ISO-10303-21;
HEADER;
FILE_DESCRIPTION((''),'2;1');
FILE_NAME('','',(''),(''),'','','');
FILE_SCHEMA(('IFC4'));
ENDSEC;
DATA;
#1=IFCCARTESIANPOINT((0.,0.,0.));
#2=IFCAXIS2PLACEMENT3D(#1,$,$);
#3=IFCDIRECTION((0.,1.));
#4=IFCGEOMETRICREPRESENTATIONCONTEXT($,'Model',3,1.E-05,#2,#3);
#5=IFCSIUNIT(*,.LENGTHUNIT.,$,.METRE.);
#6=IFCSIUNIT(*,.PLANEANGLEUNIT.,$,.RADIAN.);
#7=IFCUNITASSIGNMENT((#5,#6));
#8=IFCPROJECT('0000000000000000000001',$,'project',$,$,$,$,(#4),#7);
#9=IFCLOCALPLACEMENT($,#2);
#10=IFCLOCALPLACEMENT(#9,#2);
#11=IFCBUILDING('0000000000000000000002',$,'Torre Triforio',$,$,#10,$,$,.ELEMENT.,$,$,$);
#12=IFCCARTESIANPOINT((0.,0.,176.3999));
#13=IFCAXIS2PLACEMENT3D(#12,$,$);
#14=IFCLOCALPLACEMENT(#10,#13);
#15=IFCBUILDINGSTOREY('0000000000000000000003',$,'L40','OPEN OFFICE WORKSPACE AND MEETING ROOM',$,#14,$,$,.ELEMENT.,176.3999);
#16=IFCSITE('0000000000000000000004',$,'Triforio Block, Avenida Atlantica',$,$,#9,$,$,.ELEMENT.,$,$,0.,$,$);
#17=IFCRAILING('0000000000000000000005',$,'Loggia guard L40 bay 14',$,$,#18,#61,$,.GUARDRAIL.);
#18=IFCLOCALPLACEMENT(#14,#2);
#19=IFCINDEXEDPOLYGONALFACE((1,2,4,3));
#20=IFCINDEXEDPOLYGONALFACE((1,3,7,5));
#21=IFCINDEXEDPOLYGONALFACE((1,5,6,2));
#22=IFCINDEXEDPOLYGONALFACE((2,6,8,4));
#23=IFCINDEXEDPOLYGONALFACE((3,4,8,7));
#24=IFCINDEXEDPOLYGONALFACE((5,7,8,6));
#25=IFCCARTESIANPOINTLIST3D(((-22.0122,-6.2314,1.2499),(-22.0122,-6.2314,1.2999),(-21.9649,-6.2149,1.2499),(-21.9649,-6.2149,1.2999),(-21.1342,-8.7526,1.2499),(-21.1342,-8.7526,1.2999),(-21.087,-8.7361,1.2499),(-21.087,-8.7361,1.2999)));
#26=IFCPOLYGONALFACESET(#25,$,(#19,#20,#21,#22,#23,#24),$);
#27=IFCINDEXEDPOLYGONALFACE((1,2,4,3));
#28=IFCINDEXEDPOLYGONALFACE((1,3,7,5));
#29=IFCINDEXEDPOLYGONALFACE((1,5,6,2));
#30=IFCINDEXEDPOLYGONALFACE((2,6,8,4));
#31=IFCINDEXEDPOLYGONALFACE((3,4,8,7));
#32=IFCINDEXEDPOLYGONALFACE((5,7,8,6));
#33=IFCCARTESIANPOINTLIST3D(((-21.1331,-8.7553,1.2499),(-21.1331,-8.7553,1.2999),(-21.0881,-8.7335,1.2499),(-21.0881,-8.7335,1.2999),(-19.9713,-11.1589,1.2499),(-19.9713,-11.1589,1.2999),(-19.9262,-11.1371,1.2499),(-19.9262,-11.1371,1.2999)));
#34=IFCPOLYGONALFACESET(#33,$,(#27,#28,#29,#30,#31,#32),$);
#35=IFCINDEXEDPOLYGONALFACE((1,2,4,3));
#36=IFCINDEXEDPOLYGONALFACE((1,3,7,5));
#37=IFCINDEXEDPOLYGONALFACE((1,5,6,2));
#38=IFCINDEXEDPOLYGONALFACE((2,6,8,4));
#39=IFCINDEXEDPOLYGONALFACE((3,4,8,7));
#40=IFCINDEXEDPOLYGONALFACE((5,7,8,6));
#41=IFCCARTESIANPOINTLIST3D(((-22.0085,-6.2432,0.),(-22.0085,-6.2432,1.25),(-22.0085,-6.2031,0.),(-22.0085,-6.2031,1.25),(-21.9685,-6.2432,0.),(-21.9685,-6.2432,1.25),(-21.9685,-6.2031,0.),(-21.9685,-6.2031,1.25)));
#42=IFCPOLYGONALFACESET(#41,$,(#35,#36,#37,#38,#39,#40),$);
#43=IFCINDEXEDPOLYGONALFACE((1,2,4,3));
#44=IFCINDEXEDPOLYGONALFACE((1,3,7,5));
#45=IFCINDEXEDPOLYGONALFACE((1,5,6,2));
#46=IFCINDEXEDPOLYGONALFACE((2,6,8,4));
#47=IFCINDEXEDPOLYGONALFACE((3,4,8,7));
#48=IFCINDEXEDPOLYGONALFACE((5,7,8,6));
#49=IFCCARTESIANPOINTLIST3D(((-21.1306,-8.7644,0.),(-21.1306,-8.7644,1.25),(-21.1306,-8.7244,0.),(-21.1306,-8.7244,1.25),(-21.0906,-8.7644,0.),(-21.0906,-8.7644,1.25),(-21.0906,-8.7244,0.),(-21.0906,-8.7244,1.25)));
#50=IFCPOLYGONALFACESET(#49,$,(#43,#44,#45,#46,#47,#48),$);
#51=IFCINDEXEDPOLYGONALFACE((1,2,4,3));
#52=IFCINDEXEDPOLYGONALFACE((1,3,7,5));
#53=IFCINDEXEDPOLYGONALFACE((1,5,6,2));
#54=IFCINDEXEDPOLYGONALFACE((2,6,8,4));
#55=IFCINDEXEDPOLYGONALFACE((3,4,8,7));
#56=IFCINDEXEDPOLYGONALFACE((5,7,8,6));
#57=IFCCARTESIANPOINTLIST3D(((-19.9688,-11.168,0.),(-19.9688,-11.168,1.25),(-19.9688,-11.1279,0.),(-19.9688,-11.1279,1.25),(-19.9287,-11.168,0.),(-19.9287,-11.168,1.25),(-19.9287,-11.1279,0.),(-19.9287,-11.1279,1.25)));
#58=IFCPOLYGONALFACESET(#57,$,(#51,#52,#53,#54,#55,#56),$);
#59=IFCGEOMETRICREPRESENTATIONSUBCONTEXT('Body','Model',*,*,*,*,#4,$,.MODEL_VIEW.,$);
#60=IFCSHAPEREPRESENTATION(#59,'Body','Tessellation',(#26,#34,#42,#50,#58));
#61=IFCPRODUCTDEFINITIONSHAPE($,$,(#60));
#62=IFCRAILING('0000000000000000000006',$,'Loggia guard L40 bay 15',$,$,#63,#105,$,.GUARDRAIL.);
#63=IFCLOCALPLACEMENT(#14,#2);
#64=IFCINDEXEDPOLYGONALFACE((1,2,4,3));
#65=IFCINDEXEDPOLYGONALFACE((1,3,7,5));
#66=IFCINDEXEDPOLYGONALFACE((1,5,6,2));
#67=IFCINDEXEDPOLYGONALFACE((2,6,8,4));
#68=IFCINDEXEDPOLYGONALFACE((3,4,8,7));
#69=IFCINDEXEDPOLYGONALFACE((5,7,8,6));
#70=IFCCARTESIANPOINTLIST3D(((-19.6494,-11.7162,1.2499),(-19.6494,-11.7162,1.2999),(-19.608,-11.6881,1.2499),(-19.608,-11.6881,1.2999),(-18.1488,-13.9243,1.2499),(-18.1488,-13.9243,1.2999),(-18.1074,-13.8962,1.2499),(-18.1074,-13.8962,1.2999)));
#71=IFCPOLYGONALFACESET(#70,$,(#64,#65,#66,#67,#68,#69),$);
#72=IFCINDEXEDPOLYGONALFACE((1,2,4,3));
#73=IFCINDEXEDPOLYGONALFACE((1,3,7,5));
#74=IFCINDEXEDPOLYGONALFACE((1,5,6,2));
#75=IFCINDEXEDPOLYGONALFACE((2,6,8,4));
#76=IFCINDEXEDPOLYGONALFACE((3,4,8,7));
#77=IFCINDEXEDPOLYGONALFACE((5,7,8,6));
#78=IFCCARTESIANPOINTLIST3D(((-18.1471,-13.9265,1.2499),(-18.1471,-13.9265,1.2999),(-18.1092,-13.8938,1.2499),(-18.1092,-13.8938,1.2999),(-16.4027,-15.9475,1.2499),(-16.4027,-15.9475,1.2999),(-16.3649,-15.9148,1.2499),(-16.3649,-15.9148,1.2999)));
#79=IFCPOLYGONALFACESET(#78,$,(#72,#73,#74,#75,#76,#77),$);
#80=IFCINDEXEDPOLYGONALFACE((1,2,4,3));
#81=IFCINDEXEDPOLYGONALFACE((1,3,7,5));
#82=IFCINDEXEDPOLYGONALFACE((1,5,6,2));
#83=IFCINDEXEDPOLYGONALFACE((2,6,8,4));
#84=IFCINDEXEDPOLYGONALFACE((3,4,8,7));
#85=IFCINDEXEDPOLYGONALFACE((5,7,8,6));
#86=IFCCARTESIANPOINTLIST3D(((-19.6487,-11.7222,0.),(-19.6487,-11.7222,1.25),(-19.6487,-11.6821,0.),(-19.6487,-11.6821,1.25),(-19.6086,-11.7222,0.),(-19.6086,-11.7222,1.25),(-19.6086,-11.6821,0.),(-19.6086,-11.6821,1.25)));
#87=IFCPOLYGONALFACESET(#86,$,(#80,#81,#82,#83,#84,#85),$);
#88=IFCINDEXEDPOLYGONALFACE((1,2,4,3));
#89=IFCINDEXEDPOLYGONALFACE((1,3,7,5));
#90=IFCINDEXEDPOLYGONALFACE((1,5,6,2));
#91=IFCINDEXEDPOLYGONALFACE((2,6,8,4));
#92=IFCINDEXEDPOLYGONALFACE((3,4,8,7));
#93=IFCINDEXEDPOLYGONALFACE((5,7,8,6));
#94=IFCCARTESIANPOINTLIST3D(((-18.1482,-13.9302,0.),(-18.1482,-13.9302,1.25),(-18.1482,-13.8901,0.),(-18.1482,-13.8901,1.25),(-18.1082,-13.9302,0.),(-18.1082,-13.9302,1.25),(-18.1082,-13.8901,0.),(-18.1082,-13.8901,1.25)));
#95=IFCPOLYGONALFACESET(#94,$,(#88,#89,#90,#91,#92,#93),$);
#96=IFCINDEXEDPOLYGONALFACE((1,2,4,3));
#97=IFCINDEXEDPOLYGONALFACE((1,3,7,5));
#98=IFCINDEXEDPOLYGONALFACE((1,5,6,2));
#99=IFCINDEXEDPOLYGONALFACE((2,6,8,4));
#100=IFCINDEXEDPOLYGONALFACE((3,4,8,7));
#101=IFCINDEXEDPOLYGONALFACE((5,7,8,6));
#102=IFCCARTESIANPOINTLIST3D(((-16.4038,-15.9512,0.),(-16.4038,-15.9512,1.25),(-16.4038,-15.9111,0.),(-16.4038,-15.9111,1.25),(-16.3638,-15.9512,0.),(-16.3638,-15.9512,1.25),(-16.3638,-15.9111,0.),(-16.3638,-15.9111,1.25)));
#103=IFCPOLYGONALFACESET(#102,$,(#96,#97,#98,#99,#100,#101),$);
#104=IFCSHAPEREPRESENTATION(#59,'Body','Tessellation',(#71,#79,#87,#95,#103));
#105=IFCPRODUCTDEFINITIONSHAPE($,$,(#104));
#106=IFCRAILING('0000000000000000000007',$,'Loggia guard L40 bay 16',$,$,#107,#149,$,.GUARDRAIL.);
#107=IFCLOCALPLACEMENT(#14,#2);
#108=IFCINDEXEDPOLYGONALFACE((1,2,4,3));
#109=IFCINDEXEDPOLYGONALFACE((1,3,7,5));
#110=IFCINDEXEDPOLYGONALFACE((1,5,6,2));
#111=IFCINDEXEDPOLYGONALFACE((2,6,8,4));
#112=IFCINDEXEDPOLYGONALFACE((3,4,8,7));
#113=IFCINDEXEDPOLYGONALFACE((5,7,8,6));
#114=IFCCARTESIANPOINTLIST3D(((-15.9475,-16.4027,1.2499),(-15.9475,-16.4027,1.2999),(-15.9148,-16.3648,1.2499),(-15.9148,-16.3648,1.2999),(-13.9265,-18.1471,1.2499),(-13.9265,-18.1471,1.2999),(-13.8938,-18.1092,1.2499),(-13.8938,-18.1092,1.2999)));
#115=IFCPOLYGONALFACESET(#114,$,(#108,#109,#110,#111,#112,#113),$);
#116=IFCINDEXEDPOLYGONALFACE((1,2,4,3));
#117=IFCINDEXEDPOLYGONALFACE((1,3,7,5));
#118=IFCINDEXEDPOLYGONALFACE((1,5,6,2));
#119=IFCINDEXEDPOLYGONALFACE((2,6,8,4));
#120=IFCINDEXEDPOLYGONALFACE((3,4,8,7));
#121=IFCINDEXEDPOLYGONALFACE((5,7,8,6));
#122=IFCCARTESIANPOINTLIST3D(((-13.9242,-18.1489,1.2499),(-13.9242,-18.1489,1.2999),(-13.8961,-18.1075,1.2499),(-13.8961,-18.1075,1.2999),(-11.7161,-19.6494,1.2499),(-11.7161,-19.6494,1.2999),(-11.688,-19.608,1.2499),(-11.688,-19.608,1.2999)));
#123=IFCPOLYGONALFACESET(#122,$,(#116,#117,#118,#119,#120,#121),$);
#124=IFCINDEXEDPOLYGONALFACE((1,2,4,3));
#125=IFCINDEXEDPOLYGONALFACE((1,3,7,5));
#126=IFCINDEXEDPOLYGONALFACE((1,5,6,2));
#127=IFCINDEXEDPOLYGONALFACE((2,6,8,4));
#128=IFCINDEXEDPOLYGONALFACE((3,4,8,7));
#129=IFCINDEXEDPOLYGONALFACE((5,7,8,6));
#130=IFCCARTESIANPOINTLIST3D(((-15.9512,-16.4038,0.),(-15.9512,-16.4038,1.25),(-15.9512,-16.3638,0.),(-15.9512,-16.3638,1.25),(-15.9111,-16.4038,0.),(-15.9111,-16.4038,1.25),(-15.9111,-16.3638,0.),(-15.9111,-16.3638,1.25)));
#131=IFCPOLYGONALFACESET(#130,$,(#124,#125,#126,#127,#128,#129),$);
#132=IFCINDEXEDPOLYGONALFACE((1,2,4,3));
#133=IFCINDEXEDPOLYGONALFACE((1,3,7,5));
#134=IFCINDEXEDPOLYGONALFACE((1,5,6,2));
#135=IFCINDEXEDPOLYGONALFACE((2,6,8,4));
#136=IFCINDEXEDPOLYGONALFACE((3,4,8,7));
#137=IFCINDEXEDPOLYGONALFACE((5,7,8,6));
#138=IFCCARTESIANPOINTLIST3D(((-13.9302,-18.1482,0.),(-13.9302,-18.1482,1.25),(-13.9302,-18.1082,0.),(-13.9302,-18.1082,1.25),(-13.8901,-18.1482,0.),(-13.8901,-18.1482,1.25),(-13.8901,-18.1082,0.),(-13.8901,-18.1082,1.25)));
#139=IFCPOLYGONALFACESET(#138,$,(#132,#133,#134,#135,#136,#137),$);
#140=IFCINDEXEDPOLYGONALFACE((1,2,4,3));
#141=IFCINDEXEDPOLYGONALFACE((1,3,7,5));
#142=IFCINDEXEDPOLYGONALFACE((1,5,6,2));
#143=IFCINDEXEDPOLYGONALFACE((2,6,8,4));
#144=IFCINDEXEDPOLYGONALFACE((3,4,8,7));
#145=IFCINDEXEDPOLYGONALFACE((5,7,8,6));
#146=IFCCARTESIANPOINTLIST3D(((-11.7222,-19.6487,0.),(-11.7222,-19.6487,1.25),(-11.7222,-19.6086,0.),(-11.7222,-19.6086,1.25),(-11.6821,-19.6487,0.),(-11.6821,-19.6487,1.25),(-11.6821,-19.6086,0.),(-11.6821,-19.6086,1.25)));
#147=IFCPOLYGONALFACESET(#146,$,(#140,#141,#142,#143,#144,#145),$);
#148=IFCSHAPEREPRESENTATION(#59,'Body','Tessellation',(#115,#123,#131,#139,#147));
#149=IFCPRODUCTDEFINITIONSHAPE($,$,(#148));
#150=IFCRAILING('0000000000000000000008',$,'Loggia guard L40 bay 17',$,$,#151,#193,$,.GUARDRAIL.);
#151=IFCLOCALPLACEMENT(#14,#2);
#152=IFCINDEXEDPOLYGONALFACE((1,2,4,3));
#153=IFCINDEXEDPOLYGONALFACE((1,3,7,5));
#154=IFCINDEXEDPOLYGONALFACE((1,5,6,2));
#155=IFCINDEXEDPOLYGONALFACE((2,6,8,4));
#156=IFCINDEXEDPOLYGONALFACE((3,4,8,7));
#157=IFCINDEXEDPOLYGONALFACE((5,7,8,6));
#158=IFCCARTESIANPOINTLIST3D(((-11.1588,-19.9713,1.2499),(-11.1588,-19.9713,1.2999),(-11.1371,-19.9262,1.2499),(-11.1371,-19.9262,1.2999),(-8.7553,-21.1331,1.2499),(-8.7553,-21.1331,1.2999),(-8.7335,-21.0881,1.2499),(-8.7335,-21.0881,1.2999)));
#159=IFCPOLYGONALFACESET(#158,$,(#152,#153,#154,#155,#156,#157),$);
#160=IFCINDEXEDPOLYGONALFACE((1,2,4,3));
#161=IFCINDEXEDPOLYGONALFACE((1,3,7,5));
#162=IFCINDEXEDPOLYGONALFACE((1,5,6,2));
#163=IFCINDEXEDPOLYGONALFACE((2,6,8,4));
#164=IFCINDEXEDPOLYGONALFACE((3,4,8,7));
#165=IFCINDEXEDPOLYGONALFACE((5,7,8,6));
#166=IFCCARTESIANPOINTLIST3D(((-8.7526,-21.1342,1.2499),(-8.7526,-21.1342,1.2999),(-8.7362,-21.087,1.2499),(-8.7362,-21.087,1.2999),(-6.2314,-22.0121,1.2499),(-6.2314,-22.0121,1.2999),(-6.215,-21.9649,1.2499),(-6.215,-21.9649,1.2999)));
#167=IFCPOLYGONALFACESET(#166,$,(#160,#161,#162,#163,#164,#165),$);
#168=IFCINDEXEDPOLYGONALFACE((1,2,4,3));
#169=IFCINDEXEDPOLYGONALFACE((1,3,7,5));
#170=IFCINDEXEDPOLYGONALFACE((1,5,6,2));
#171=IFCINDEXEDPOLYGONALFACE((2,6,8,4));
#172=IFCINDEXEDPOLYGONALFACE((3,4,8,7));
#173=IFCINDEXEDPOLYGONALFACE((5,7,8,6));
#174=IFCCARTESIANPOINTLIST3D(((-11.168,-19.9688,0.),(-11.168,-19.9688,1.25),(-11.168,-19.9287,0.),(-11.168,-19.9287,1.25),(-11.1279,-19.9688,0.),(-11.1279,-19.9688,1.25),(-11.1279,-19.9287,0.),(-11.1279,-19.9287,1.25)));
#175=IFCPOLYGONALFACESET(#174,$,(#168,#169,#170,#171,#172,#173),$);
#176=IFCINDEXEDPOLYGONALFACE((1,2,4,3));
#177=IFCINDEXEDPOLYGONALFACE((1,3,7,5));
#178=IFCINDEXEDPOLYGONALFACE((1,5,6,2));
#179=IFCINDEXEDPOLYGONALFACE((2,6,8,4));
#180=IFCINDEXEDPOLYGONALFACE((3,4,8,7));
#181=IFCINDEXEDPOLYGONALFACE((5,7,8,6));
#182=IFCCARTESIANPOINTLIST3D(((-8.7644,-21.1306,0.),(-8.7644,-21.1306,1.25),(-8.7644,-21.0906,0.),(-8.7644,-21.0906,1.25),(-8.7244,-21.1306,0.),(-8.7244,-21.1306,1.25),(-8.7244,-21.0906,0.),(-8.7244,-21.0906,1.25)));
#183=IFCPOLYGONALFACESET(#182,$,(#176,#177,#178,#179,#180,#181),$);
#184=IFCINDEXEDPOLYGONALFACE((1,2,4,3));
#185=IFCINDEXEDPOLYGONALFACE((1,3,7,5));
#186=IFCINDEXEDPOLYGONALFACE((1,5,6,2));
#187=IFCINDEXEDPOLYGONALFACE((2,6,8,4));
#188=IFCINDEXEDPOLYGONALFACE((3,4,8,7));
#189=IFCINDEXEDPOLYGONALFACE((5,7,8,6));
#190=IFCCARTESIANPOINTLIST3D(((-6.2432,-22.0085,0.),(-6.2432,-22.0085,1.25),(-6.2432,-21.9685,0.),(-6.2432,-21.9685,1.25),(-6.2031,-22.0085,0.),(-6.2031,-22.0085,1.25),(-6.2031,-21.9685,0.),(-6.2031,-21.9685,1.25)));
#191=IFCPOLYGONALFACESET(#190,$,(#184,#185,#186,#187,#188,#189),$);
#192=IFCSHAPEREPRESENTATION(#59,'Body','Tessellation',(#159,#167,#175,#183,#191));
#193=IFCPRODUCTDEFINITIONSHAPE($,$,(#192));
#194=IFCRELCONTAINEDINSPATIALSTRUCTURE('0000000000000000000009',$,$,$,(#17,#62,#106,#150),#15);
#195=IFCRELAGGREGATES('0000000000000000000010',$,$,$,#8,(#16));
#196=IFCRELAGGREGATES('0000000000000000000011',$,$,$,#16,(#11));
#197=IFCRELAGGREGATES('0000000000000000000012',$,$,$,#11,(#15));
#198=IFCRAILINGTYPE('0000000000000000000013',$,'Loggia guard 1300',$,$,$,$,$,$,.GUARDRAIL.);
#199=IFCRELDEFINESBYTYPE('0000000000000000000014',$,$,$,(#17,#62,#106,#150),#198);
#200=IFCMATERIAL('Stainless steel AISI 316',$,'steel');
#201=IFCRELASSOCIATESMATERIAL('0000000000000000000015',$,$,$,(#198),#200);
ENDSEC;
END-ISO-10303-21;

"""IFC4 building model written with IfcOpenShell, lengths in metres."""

from ifc_helpers import new_model, si_unit, direction, frame, origin, origin_2d, place, context, subcontext, project, spatial, rectangle, extrude, material, type_object, element, save


model = new_model("IFC4")

# Units and contexts
model_context = context("Model", 3, precision=1e-05, world=origin(), true_north=direction((0.0, 1.0)))
body_context = subcontext(model_context, "Body", "Model", "MODEL_VIEW")
ifc_project = project(units=[si_unit("LENGTHUNIT", "METRE"), si_unit("PLANEANGLEUNIT", "RADIAN")], contexts=[model_context])

# Site, building, storey
site_placement = place(None, origin())
site = spatial("IfcSite", under=ifc_project, at=site_placement, Name="Triforio Block, Avenida Atlantica", CompositionType="ELEMENT", RefElevation=0.0)
building_placement = place(site_placement, origin())
building = spatial("IfcBuilding", under=site, at=building_placement, Name="Torre Triforio", CompositionType="ELEMENT")
storey_placement = place(building_placement, frame((0.0, 0.0, 176.3999)))
storey = spatial("IfcBuildingStorey", under=building, at=storey_placement, Name="L40", Description="OPEN OFFICE WORKSPACE AND MEETING ROOM", CompositionType="ELEMENT", Elevation=176.3999)

# Railings
ifc_material_1 = material(Name="Stainless steel AISI 316", Category="steel")
railing_type = type_object("IfcRailingType", Name="Loggia guard 1300", PredefinedType="GUARDRAIL", material=ifc_material_1)
railing_1_placement = place(storey_placement, frame((-21.9885, -6.2231, 0.0)))
element("IfcRailing", 1, at=railing_1_placement, inside=storey, type_object=railing_type, Name="Loggia guard L40 bay 14", PredefinedType="GUARDRAIL", context=body_context, shape_type="SweptSolid", body=[
    extrude(rectangle(XDim=0.05, YDim=0.05, at=origin_2d()), frame((0.0, 0.0, 1.2749), z_axis=(0.328847, -0.944383, 0.0), x_axis=(0.944383, 0.328847, 0.0)), (0.0, 0.0, 1.0), 2.6697),
    extrude(rectangle(XDim=0.05, YDim=0.05, at=origin_2d()), frame((0.8779, -2.5212, 1.2749), z_axis=(0.435212, -0.900328, 0.0), x_axis=(0.900328, 0.435212, 0.0)), (0.0, 0.0, 1.0), 2.6697),
    extrude(rectangle(XDim=0.04, YDim=0.04, at=origin_2d()), origin(), (0.0, 0.0, 1.0), 1.25),
    extrude(rectangle(XDim=0.04, YDim=0.04, at=origin_2d()), frame((0.8779, -2.5212, 0.0)), (0.0, 0.0, 1.0), 1.25),
    extrude(rectangle(XDim=0.04, YDim=0.04, at=origin_2d()), frame((2.0398, -4.9248, 0.0)), (0.0, 0.0, 1.0), 1.25),
])
railing_2_placement = place(storey_placement, frame((-19.6287, -11.7021, 0.0)))
element("IfcRailing", 2, at=railing_2_placement, inside=storey, type_object=railing_type, Name="Loggia guard L40 bay 15", PredefinedType="GUARDRAIL", context=body_context, shape_type="SweptSolid", body=[
    extrude(rectangle(XDim=0.05, YDim=0.05, at=origin_2d()), frame((0.0, 0.0, 1.2749), z_axis=(0.562065, -0.827093, 0.0), x_axis=(0.827093, 0.562065, 0.0)), (0.0, 0.0, 1.0), 2.6697),
    extrude(rectangle(XDim=0.05, YDim=0.05, at=origin_2d()), frame((1.5005, -2.208, 1.2749), z_axis=(0.653401, -0.757012, 0.0), x_axis=(0.757012, 0.653401, 0.0)), (0.0, 0.0, 1.0), 2.6697),
    extrude(rectangle(XDim=0.04, YDim=0.04, at=origin_2d()), origin(), (0.0, 0.0, 1.0), 1.25),
    extrude(rectangle(XDim=0.04, YDim=0.04, at=origin_2d()), frame((1.5005, -2.208, 0.0)), (0.0, 0.0, 1.0), 1.25),
    extrude(rectangle(XDim=0.04, YDim=0.04, at=origin_2d()), frame((3.2449, -4.229, 0.0)), (0.0, 0.0, 1.0), 1.25),
])
railing_3_placement = place(storey_placement, frame((-15.9312, -16.3838, 0.0)))
element("IfcRailing", 3, at=railing_3_placement, inside=storey, type_object=railing_type, Name="Loggia guard L40 bay 16", PredefinedType="GUARDRAIL", context=body_context, shape_type="SweptSolid", body=[
    extrude(rectangle(XDim=0.05, YDim=0.05, at=origin_2d()), frame((0.0, 0.0, 1.2749), z_axis=(0.757012, -0.653401, 0.0), x_axis=(0.653401, 0.757012, 0.0)), (0.0, 0.0, 1.0), 2.6697),
    extrude(rectangle(XDim=0.05, YDim=0.05, at=origin_2d()), frame((2.021, -1.7444, 1.2749), z_axis=(0.827093, -0.562065, 0.0), x_axis=(0.562065, 0.827093, 0.0)), (0.0, 0.0, 1.0), 2.6697),
    extrude(rectangle(XDim=0.04, YDim=0.04, at=origin_2d()), origin(), (0.0, 0.0, 1.0), 1.25),
    extrude(rectangle(XDim=0.04, YDim=0.04, at=origin_2d()), frame((2.021, -1.7444, 0.0)), (0.0, 0.0, 1.0), 1.25),
    extrude(rectangle(XDim=0.04, YDim=0.04, at=origin_2d()), frame((4.229, -3.2449, 0.0)), (0.0, 0.0, 1.0), 1.25),
])
railing_4_placement = place(storey_placement, frame((-11.1479, -19.9487, 0.0)))
element("IfcRailing", 4, at=railing_4_placement, inside=storey, type_object=railing_type, Name="Loggia guard L40 bay 17", PredefinedType="GUARDRAIL", context=body_context, shape_type="SweptSolid", body=[
    extrude(rectangle(XDim=0.05, YDim=0.05, at=origin_2d()), frame((0.0, 0.0, 1.2749), z_axis=(0.900328, -0.435212, 0.0), x_axis=(0.435212, 0.900328, 0.0)), (0.0, 0.0, 1.0), 2.6697),
    extrude(rectangle(XDim=0.05, YDim=0.05, at=origin_2d()), frame((2.4036, -1.1619, 1.2749), z_axis=(0.944383, -0.328847, 0.0), x_axis=(0.328847, 0.944383, 0.0)), (0.0, 0.0, 1.0), 2.6697),
    extrude(rectangle(XDim=0.04, YDim=0.04, at=origin_2d()), origin(), (0.0, 0.0, 1.0), 1.25),
    extrude(rectangle(XDim=0.04, YDim=0.04, at=origin_2d()), frame((2.4036, -1.1619, 0.0)), (0.0, 0.0, 1.0), 1.25),
    extrude(rectangle(XDim=0.04, YDim=0.04, at=origin_2d()), frame((4.9248, -2.0398, 0.0)), (0.0, 0.0, 1.0), 1.25),
])

save(model, "model.ifc")
